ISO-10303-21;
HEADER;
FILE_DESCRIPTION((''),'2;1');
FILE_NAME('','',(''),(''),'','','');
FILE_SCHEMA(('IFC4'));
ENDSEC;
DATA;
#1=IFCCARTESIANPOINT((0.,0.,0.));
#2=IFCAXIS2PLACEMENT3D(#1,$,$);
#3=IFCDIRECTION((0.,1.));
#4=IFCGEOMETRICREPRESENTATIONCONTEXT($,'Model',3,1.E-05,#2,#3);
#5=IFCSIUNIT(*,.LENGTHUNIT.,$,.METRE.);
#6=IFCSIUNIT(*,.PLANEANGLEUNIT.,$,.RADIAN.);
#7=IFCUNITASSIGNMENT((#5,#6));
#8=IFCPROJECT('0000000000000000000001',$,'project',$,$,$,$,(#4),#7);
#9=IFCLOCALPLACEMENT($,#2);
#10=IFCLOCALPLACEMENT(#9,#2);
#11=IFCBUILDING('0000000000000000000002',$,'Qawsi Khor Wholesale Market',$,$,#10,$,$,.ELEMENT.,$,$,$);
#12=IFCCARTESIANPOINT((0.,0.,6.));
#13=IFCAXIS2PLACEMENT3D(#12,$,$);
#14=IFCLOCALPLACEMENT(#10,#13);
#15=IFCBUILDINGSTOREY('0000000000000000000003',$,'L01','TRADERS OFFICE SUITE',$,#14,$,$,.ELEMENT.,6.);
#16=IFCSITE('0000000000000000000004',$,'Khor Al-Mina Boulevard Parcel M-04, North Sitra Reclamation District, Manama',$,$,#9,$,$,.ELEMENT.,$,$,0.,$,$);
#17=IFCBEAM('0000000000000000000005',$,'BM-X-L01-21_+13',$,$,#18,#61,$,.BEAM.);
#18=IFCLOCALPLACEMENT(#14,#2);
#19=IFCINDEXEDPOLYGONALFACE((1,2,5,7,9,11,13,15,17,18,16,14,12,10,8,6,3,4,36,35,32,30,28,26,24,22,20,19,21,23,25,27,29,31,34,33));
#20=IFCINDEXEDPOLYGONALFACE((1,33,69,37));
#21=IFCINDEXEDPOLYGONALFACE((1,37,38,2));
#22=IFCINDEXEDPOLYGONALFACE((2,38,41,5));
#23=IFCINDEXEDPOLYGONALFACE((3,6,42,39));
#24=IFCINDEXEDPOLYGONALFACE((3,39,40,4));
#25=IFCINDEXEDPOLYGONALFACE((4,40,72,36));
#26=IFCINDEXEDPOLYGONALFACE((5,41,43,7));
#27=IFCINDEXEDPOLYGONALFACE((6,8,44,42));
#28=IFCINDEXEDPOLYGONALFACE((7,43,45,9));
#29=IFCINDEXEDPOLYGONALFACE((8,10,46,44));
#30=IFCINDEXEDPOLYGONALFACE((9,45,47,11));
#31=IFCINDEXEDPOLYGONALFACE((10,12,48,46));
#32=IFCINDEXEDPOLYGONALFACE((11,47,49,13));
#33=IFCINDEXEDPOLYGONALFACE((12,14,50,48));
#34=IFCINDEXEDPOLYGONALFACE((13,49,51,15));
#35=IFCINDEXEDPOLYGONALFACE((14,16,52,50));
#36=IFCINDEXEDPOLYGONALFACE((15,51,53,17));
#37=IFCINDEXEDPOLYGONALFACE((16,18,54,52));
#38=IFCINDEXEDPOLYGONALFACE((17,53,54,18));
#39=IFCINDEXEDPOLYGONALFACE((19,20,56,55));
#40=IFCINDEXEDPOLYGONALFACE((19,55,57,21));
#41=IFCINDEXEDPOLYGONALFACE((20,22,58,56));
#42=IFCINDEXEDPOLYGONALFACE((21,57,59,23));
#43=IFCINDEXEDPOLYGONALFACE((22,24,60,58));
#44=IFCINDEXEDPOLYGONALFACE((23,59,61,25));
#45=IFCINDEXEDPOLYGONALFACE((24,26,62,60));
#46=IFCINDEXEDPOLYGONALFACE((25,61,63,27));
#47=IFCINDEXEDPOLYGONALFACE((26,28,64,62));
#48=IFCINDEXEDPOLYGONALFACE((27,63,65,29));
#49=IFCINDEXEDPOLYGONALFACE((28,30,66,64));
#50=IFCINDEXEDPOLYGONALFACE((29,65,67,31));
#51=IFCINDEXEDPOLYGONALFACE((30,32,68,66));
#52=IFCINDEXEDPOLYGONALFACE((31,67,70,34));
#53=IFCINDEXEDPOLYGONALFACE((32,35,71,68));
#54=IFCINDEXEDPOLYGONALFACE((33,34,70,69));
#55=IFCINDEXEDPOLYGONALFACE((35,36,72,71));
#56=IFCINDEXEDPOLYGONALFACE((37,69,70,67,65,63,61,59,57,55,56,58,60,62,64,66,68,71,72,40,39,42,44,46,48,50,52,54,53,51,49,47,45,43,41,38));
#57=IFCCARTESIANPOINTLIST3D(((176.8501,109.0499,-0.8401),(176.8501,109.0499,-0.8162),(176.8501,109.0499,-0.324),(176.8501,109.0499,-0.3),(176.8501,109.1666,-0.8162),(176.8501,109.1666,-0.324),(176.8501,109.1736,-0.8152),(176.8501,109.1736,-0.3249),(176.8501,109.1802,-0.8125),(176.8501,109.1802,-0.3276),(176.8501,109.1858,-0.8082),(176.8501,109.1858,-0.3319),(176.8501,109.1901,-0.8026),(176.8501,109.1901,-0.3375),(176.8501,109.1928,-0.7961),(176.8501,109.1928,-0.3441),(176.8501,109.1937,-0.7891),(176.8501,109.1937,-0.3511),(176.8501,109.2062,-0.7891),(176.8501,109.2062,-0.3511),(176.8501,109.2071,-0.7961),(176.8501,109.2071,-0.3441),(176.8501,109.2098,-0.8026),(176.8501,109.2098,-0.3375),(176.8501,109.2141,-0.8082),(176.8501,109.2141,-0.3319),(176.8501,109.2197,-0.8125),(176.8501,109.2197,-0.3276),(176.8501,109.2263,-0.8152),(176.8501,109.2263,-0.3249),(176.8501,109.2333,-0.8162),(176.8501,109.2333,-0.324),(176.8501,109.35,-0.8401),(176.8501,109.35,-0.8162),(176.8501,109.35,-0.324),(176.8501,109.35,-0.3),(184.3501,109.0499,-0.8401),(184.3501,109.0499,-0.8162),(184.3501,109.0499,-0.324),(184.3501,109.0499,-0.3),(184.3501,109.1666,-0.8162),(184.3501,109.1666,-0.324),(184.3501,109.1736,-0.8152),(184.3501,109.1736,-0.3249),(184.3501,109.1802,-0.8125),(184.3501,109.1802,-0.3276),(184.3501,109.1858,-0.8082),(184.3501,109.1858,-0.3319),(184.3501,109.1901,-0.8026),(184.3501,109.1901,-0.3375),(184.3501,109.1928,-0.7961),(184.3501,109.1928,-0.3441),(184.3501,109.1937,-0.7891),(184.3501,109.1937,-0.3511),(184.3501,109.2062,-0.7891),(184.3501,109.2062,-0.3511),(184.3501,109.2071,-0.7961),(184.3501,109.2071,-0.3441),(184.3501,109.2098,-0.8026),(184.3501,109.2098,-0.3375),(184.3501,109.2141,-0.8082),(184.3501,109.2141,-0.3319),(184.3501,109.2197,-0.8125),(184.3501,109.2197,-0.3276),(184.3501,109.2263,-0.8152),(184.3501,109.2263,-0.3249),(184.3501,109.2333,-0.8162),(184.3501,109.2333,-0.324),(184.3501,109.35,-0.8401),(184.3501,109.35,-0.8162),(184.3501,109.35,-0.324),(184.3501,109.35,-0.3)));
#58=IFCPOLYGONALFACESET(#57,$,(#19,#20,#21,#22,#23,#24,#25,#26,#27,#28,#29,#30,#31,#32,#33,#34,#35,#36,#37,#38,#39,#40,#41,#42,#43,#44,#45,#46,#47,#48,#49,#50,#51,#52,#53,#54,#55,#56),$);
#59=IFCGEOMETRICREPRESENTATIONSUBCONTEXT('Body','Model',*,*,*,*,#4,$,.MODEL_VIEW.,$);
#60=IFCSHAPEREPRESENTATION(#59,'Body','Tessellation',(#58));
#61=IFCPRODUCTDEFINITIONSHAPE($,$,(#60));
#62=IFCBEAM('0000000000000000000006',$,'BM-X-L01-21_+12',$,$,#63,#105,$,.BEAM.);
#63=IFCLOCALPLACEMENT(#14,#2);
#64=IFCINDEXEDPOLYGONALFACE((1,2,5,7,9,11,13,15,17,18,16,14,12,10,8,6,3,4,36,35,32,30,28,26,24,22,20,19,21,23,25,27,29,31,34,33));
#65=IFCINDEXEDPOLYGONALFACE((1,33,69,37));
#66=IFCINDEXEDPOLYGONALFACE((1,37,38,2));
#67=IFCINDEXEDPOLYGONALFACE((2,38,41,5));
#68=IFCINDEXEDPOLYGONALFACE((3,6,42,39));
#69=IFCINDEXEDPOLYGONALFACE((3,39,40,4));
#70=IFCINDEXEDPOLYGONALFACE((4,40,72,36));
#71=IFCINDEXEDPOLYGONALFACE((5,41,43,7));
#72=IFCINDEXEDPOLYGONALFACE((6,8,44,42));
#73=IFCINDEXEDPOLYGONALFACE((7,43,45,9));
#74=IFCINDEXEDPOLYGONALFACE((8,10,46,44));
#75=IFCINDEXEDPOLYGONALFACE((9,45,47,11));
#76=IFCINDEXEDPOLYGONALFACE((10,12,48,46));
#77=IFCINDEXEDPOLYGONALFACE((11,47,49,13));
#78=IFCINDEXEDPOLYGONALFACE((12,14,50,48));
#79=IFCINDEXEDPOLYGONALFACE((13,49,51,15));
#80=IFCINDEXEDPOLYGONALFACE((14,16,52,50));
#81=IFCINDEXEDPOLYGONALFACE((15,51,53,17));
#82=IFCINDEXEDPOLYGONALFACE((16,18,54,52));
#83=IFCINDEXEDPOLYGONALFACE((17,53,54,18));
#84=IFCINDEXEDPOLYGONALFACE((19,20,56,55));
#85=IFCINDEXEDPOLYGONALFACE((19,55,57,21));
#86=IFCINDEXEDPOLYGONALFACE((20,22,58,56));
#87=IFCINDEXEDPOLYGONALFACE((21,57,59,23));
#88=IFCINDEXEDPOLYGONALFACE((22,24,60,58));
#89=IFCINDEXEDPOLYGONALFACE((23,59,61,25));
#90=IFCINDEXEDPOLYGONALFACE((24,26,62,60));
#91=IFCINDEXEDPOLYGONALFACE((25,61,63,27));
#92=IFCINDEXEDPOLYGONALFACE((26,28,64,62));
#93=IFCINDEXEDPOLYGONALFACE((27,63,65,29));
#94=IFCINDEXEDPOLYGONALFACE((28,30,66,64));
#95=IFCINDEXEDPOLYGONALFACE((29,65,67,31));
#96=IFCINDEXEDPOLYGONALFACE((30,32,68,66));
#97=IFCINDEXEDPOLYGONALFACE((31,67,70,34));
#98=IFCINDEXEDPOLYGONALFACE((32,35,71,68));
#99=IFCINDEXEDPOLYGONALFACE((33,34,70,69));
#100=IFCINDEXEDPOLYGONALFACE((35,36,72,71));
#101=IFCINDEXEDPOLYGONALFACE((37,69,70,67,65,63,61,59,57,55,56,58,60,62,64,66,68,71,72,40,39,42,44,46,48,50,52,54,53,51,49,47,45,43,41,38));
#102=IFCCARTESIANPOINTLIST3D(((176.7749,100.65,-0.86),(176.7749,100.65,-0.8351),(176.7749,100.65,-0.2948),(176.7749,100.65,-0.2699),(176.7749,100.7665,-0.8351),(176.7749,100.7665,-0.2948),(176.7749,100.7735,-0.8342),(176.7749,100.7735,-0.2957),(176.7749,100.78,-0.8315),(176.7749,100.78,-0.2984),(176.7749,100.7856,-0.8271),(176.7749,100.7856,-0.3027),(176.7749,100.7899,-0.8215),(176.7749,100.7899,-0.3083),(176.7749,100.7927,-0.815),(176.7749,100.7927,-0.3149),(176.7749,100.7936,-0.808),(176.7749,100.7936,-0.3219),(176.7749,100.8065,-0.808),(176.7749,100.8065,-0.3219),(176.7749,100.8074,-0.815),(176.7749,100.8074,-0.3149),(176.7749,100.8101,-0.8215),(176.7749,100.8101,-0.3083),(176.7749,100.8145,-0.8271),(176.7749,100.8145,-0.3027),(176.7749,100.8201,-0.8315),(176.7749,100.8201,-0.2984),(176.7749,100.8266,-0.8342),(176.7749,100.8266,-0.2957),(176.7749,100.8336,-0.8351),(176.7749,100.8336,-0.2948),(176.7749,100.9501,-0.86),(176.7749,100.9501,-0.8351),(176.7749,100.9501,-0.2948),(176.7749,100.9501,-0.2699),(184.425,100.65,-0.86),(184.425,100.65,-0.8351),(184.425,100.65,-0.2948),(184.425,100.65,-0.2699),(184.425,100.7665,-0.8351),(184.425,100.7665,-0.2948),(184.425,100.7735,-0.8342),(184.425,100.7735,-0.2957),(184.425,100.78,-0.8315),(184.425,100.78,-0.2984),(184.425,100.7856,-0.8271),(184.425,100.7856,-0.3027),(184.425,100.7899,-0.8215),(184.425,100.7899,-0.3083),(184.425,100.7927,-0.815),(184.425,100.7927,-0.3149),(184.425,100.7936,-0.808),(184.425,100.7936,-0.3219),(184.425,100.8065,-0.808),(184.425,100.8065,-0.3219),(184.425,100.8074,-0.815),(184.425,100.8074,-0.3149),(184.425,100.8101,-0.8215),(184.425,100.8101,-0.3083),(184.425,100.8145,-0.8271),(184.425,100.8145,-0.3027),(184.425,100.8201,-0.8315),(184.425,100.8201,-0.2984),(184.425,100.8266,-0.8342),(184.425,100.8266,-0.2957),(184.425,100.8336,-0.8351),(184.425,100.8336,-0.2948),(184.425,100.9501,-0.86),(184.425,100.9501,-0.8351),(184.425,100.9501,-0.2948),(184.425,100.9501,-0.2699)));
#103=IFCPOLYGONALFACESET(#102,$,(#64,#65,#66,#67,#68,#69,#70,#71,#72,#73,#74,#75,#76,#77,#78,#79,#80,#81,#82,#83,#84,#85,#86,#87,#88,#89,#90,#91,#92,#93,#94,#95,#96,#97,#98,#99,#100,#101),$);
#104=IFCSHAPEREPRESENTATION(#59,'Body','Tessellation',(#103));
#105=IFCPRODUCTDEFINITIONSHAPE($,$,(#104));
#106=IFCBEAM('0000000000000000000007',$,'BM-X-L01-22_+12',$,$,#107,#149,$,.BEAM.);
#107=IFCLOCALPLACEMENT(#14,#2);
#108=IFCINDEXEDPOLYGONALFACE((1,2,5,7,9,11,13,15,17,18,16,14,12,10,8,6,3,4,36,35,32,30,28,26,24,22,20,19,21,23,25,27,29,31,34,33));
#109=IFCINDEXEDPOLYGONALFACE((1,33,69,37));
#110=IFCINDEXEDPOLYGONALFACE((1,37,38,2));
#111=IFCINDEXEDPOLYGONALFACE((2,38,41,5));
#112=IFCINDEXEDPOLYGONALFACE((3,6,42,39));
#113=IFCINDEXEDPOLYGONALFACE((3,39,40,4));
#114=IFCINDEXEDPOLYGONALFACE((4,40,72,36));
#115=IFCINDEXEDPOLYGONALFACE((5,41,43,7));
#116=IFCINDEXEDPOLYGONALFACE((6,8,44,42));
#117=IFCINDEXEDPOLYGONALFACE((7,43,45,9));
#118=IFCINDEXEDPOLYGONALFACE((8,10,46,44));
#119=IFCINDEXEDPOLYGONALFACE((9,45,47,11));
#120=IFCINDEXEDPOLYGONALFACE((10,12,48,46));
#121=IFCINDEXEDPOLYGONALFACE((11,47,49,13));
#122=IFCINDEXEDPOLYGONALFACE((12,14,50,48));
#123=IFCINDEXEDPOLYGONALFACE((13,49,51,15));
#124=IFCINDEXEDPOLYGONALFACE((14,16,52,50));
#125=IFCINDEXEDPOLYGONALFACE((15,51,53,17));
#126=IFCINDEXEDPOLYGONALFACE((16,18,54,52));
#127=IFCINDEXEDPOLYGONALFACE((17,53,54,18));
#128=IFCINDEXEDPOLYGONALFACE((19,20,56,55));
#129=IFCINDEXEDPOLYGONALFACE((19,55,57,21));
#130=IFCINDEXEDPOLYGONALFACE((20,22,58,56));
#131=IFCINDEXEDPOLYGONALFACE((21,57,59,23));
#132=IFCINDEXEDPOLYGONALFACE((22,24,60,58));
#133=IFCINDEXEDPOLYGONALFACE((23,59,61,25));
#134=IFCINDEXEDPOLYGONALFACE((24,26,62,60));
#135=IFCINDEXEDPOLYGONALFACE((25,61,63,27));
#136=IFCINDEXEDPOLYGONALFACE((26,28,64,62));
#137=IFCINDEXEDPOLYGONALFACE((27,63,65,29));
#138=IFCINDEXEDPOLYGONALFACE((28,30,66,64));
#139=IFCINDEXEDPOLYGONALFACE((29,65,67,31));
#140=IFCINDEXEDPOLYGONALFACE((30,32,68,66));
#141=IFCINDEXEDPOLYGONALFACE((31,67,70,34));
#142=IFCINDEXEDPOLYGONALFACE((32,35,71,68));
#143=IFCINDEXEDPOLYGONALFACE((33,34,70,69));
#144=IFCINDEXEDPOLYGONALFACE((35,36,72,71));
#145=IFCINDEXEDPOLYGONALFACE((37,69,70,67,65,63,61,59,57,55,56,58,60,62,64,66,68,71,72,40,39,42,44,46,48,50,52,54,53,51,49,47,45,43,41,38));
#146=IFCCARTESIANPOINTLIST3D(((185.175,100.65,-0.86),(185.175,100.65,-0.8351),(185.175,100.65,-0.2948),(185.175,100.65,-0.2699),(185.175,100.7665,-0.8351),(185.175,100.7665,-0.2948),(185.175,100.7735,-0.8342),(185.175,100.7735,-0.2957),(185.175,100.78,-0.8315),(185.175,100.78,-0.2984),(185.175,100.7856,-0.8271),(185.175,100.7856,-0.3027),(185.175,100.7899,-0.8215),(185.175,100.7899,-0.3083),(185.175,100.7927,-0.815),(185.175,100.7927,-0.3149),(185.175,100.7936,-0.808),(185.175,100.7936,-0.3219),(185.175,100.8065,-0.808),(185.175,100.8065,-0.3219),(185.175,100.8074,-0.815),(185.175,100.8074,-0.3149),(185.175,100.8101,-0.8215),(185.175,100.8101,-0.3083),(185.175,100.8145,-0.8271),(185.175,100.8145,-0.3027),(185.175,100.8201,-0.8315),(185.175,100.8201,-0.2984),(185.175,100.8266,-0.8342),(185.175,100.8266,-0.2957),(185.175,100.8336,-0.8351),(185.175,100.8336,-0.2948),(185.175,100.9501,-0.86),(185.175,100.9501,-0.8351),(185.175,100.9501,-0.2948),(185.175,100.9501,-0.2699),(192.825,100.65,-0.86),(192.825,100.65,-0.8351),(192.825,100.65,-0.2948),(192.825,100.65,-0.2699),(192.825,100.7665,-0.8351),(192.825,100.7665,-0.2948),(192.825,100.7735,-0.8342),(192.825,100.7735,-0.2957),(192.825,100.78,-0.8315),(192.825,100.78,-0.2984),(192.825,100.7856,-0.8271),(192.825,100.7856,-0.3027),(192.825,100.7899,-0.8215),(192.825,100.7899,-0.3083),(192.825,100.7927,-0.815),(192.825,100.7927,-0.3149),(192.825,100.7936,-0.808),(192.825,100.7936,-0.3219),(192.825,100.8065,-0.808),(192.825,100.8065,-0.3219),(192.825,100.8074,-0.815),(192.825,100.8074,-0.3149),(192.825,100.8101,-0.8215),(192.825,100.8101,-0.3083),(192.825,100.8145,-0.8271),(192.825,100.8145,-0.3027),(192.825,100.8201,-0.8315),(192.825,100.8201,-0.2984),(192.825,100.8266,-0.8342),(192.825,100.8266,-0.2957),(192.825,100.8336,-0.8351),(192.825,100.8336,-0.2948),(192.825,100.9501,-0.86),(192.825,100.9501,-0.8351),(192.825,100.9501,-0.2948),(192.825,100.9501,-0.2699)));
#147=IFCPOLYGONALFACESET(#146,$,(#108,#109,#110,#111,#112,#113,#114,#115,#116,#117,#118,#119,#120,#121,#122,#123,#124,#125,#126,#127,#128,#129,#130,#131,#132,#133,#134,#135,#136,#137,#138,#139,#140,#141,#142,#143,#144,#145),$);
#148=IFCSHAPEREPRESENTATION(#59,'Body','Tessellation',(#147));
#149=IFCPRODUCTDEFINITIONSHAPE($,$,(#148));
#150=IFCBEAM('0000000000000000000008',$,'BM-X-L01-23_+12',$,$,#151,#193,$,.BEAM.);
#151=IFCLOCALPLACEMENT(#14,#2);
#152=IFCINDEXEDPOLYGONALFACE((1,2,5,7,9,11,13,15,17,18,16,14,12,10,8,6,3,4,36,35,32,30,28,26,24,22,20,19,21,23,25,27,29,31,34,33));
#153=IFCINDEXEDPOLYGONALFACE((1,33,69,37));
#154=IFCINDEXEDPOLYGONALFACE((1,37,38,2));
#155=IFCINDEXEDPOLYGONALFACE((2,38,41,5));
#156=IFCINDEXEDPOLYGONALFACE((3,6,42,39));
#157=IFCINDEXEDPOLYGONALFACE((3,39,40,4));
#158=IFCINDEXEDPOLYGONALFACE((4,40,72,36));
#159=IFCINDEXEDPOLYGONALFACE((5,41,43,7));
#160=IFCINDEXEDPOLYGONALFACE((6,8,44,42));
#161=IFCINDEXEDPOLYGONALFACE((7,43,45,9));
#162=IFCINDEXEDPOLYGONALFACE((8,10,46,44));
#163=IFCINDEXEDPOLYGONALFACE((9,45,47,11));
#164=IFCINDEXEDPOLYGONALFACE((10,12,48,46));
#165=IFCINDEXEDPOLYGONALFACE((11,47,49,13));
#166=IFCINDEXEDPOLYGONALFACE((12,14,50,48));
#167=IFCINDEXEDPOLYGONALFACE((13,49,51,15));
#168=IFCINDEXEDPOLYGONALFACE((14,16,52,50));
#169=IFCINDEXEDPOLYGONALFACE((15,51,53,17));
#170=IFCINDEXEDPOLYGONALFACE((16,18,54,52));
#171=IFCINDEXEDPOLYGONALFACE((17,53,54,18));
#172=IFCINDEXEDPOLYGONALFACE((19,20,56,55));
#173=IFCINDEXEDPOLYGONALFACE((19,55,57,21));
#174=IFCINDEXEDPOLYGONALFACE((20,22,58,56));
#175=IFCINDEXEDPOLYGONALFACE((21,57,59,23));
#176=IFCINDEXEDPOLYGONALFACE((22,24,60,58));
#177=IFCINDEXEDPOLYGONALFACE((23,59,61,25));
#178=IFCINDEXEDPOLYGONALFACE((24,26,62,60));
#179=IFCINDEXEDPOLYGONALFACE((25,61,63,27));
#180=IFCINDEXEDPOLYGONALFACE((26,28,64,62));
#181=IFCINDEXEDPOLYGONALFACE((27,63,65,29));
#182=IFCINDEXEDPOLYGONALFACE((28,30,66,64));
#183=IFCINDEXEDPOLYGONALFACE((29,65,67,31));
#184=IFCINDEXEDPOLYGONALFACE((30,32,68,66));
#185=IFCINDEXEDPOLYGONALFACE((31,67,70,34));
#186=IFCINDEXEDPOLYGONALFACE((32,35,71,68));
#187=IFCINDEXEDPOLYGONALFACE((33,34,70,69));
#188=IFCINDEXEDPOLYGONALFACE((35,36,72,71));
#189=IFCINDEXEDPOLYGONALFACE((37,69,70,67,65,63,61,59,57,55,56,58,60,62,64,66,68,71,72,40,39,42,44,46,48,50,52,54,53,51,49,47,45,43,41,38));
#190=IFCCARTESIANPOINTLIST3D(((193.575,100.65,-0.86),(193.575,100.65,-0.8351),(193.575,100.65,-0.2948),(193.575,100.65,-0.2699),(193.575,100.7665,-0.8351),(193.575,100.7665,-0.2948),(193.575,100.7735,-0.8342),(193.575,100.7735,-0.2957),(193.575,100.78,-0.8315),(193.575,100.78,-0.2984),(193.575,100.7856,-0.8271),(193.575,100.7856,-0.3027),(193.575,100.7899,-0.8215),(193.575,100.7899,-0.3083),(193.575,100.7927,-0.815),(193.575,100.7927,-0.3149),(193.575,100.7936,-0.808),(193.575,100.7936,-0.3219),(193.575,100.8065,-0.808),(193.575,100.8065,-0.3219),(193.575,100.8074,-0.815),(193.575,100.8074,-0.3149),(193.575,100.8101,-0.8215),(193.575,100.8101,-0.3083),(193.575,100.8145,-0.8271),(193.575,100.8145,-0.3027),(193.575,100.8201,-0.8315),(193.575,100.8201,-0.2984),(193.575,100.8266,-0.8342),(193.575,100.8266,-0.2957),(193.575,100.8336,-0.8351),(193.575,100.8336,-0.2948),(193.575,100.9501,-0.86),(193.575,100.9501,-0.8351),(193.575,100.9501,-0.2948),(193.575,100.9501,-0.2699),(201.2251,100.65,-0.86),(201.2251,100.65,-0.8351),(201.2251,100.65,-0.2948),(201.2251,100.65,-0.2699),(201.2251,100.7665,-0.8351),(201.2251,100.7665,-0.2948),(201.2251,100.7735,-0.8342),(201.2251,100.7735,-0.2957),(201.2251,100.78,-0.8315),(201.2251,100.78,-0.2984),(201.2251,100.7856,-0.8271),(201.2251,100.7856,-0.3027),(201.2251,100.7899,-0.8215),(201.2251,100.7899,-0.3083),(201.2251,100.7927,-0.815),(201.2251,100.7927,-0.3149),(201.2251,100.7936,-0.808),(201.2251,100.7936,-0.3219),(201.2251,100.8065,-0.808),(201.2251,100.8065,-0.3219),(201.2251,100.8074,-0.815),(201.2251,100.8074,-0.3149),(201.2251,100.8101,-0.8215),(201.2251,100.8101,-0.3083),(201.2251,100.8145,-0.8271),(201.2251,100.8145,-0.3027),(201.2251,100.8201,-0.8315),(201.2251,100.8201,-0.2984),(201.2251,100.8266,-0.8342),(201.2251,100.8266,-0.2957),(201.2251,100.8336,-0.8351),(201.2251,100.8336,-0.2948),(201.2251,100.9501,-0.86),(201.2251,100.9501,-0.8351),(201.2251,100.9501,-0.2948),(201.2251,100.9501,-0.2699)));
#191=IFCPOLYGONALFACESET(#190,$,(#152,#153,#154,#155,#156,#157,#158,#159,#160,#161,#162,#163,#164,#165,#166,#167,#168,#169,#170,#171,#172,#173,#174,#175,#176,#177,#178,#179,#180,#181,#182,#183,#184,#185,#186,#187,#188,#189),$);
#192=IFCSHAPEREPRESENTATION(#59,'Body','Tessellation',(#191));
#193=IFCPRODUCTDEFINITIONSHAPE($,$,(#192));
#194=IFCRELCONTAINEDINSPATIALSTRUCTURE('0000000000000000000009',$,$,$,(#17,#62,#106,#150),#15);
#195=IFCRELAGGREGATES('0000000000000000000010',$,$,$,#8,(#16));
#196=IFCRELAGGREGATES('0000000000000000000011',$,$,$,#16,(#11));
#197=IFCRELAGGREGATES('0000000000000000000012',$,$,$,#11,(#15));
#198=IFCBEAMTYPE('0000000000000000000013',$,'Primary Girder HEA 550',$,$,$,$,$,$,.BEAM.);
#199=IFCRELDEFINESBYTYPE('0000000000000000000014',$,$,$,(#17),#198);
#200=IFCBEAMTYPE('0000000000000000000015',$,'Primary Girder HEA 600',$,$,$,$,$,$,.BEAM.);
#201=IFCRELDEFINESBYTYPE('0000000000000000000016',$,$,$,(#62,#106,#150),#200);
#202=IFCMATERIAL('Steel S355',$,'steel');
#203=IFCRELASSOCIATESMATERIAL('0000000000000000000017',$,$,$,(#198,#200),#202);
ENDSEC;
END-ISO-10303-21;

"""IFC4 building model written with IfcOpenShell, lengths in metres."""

from ifc_helpers import new_model, si_unit, direction, frame, origin, origin_2d, place, context, subcontext, project, spatial, i_section, extrude, material, material_profile, profile_set, type_object, element, save


model = new_model("IFC4")

# Units and contexts
model_context = context("Model", 3, precision=1e-05, world=origin(), true_north=direction((0.0, 1.0)))
body_context = subcontext(model_context, "Body", "Model", "MODEL_VIEW")
ifc_project = project(units=[si_unit("LENGTHUNIT", "METRE"), si_unit("PLANEANGLEUNIT", "RADIAN")], contexts=[model_context])

# Site, building, storey
site_placement = place(None, origin())
site = spatial("IfcSite", under=ifc_project, at=site_placement, Name="Khor Al-Mina Boulevard Parcel M-04, North Sitra Reclamation District, Manama", CompositionType="ELEMENT", RefElevation=0.0)
building_placement = place(site_placement, origin())
building = spatial("IfcBuilding", under=site, at=building_placement, Name="Qawsi Khor Wholesale Market", CompositionType="ELEMENT")
storey_placement = place(building_placement, frame((0.0, 0.0, 6.0)))
storey = spatial("IfcBuildingStorey", under=building, at=storey_placement, Name="L01", Description="TRADERS OFFICE SUITE", CompositionType="ELEMENT", Elevation=6.0)

# Beams
ifc_material_1 = material(Name="Steel S355", Category="steel")
ifc_material_profile_1 = material_profile(ifc_material_1, i_section(OverallWidth=0.3, OverallDepth=0.54, WebThickness=0.0125, FlangeThickness=0.0239, FilletRadius=0.0271, at=origin_2d()), Name="HEA 550")
ifc_profile_set_1 = profile_set([ifc_material_profile_1], Name="Steel S355")
beam_type_1 = type_object("IfcBeamType", Name="Primary Girder HEA 550", PredefinedType="BEAM", material=ifc_profile_set_1)
beam_1_placement = place(storey_placement, frame((176.8501, 109.2, -0.5701), z_axis=(1.0, 0.0, 0.0), x_axis=(0.0, 1.0, 0.0)))
element("IfcBeam", 1, at=beam_1_placement, inside=storey, type_object=beam_type_1, Name="BM-X-L01-21_+13", PredefinedType="BEAM", context=body_context, shape_type="SweptSolid", body=[
    extrude(i_section(OverallWidth=0.3, OverallDepth=0.54, WebThickness=0.0125, FlangeThickness=0.0239, FilletRadius=0.0271, at=origin_2d()), origin(), (0.0, 0.0, 1.0), 7.5),
])
ifc_material_profile_2 = material_profile(ifc_material_1, i_section(OverallWidth=0.3, OverallDepth=0.5901, WebThickness=0.0129, FlangeThickness=0.0249, FilletRadius=0.0271, at=origin_2d()), Name="HEA 600")
ifc_profile_set_2 = profile_set([ifc_material_profile_2], Name="Steel S355")
beam_type_2 = type_object("IfcBeamType", Name="Primary Girder HEA 600", PredefinedType="BEAM", material=ifc_profile_set_2)
beam_2_placement = place(storey_placement, frame((176.7749, 100.8, -0.5649), z_axis=(1.0, 0.0, 0.0), x_axis=(0.0, 1.0, 0.0)))
element("IfcBeam", 2, at=beam_2_placement, inside=storey, type_object=beam_type_2, Name="BM-X-L01-21_+12", PredefinedType="BEAM", context=body_context, shape_type="SweptSolid", body=[
    extrude(i_section(OverallWidth=0.3, OverallDepth=0.5901, WebThickness=0.0129, FlangeThickness=0.0249, FilletRadius=0.0271, at=origin_2d()), origin(), (0.0, 0.0, 1.0), 7.6501),
])
beam_3_placement = place(storey_placement, frame((185.175, 100.8, -0.5649), z_axis=(1.0, 0.0, 0.0), x_axis=(0.0, 1.0, 0.0)))
element("IfcBeam", 3, at=beam_3_placement, inside=storey, type_object=beam_type_2, Name="BM-X-L01-22_+12", PredefinedType="BEAM", context=body_context, shape_type="SweptSolid", body=[
    extrude(i_section(OverallWidth=0.3, OverallDepth=0.5901, WebThickness=0.0129, FlangeThickness=0.0249, FilletRadius=0.0271, at=origin_2d()), origin(), (0.0, 0.0, 1.0), 7.6499),
])
beam_4_placement = place(storey_placement, frame((193.575, 100.8, -0.5649), z_axis=(1.0, 0.0, 0.0), x_axis=(0.0, 1.0, 0.0)))
element("IfcBeam", 4, at=beam_4_placement, inside=storey, type_object=beam_type_2, Name="BM-X-L01-23_+12", PredefinedType="BEAM", context=body_context, shape_type="SweptSolid", body=[
    extrude(i_section(OverallWidth=0.3, OverallDepth=0.5901, WebThickness=0.0129, FlangeThickness=0.0249, FilletRadius=0.0271, at=origin_2d()), origin(), (0.0, 0.0, 1.0), 7.6501),
])

save(model, "model.ifc")
